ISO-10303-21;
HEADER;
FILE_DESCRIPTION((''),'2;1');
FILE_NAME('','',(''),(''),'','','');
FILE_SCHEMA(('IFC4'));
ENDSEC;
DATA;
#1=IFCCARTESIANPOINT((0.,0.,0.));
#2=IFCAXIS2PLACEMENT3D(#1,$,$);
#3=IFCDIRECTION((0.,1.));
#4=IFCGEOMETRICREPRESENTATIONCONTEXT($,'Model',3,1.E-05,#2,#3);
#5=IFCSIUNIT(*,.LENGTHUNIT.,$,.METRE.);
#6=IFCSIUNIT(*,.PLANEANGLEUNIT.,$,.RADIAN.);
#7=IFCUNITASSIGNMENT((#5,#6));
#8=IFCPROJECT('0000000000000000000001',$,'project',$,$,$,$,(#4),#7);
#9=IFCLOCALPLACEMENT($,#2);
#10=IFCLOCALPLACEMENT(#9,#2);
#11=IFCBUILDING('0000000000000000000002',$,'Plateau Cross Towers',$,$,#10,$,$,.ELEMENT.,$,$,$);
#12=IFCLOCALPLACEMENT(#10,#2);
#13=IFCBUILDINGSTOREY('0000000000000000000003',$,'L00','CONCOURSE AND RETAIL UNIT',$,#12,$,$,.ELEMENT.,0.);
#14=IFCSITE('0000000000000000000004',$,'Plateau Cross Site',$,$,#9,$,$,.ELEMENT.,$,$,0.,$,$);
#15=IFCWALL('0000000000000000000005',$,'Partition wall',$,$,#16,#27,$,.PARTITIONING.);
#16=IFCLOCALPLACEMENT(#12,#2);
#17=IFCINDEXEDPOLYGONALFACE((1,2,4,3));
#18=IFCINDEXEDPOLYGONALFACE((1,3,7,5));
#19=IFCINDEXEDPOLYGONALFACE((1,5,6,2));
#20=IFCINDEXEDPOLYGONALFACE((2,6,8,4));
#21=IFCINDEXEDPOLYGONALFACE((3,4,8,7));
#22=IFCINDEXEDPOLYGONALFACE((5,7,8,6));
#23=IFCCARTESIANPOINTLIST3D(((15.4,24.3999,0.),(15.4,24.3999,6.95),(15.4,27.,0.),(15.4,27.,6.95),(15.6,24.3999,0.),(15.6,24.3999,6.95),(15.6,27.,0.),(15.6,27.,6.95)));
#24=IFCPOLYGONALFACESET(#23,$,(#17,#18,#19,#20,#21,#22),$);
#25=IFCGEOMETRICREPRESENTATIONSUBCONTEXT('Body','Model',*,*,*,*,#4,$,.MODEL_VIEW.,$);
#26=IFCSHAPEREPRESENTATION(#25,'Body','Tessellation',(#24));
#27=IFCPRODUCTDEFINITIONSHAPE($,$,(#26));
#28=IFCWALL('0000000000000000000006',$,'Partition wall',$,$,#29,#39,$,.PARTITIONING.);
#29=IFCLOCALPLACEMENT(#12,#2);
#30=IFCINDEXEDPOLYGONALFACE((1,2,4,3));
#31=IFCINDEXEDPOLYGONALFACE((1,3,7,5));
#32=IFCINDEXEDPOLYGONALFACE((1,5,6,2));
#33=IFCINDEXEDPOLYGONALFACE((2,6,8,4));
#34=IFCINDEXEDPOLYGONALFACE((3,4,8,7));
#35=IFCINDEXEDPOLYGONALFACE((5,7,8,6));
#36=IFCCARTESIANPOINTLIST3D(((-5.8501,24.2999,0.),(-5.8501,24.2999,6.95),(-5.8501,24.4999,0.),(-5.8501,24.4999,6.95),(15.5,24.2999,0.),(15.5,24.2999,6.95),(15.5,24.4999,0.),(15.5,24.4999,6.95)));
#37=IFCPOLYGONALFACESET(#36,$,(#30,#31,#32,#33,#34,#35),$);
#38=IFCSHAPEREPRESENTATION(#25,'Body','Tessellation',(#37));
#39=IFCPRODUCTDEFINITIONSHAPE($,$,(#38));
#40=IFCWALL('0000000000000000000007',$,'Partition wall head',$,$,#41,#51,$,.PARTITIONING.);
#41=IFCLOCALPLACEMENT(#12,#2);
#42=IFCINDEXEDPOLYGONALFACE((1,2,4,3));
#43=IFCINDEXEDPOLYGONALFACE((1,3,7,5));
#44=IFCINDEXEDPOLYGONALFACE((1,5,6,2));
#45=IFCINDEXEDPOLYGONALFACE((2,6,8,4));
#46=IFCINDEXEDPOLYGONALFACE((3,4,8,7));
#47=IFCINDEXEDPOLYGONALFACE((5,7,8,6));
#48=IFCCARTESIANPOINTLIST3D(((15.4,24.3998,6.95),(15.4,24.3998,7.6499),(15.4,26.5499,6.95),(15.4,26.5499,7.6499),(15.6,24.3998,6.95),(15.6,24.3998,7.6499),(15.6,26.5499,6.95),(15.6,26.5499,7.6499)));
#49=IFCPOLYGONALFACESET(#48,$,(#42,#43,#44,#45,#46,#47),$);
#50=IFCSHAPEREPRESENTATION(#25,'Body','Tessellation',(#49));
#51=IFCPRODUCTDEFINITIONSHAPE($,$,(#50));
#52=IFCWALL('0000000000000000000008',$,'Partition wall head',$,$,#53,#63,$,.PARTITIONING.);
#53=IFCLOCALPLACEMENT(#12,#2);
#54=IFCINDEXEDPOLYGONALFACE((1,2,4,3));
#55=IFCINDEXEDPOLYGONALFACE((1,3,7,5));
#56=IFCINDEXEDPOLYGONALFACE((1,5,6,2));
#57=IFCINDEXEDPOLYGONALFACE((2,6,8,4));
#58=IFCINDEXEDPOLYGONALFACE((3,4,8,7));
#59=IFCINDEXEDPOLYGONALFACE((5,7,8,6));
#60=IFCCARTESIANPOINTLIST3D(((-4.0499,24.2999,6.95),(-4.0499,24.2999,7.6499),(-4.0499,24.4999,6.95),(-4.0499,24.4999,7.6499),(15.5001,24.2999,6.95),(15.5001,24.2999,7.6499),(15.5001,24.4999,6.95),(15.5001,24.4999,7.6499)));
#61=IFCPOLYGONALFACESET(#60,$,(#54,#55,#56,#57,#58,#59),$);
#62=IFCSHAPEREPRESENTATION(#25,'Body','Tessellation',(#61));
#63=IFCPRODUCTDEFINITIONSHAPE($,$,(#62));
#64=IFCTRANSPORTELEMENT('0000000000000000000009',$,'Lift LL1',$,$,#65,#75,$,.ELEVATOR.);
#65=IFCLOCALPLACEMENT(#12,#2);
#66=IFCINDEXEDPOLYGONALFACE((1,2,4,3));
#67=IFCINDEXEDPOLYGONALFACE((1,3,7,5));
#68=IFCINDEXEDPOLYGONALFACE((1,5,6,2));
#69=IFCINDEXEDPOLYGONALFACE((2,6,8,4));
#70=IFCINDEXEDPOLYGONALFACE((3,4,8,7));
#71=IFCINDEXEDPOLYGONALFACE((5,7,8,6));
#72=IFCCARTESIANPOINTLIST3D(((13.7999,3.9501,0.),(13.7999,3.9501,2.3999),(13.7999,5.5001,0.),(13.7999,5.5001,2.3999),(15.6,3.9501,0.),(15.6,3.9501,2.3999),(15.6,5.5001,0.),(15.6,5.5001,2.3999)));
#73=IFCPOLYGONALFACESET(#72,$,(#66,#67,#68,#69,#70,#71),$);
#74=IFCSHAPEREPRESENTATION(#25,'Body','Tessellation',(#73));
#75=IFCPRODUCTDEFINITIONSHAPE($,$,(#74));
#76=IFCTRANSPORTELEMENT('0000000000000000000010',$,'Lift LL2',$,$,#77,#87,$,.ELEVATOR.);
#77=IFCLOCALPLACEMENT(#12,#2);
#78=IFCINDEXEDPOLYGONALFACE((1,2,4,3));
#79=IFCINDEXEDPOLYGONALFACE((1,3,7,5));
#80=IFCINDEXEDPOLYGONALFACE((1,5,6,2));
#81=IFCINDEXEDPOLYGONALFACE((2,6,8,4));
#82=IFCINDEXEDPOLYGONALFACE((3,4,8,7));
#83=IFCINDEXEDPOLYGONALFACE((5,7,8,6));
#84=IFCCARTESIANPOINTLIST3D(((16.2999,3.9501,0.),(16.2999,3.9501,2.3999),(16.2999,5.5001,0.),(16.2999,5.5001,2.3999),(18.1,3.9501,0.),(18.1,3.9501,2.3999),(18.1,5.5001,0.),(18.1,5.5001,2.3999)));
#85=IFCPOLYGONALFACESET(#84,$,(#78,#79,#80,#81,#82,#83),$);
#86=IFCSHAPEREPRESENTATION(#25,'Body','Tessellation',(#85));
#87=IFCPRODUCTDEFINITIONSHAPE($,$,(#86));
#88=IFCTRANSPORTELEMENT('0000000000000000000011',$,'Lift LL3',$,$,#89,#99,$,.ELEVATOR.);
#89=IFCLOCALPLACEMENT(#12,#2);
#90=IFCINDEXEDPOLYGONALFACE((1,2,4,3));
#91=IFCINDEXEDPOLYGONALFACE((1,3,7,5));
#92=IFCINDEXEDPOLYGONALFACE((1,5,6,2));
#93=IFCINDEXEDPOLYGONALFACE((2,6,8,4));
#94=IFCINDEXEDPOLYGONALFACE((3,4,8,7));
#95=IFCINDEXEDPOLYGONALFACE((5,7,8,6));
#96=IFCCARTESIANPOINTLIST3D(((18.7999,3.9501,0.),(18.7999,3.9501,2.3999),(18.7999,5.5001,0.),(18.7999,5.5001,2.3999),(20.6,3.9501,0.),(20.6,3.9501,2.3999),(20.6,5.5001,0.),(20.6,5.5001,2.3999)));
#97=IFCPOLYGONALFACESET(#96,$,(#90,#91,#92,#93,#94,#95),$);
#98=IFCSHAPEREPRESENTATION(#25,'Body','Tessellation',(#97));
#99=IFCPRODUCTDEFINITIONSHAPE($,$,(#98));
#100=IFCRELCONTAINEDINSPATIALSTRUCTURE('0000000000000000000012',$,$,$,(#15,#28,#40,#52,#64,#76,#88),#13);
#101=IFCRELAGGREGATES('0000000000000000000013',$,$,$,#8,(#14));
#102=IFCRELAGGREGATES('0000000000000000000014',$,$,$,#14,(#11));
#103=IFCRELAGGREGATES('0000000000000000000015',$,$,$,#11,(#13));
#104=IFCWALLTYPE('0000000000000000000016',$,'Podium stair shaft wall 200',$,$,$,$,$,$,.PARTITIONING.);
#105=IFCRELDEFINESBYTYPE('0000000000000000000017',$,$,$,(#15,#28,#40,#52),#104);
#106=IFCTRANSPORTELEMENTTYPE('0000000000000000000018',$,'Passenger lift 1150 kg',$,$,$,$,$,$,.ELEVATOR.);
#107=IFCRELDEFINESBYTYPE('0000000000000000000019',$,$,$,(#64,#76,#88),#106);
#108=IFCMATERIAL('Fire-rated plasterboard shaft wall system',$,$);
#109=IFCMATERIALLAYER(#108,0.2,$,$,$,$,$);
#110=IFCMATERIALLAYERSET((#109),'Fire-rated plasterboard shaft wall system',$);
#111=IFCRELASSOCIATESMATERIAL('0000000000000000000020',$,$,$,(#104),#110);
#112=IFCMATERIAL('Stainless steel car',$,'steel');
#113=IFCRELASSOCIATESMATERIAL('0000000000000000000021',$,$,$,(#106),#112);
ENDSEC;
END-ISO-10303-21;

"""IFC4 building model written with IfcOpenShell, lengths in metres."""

from ifc_helpers import new_model, si_unit, direction, frame, frame_2d, origin, origin_2d, place, context, subcontext, project, spatial, rectangle, extrude, material, layer, layer_set, type_object, element, save


model = new_model("IFC4")

# Units and contexts
model_context = context("Model", 3, precision=1e-05, world=origin(), true_north=direction((0.0, 1.0)))
body_context = subcontext(model_context, "Body", "Model", "MODEL_VIEW")
ifc_project = project(units=[si_unit("LENGTHUNIT", "METRE"), si_unit("PLANEANGLEUNIT", "RADIAN")], contexts=[model_context])

# Site, building, storey
site_placement = place(None, origin())
site = spatial("IfcSite", under=ifc_project, at=site_placement, Name="Plateau Cross Site", CompositionType="ELEMENT", RefElevation=0.0)
building_placement = place(site_placement, origin())
building = spatial("IfcBuilding", under=site, at=building_placement, Name="Plateau Cross Towers", CompositionType="ELEMENT")
storey_placement = place(building_placement, origin())
storey = spatial("IfcBuildingStorey", under=building, at=storey_placement, Name="L00", Description="CONCOURSE AND RETAIL UNIT", CompositionType="ELEMENT", Elevation=0.0)

# Walls
ifc_material_1 = material(Name="Fire-rated plasterboard shaft wall system")
ifc_layer_1 = layer(ifc_material_1, 0.2)
ifc_layer_set_1 = layer_set([ifc_layer_1], Name="Fire-rated plasterboard shaft wall system")
wall_type_1 = type_object("IfcWallType", Name="Podium stair shaft wall 200", PredefinedType="PARTITIONING", material=ifc_layer_set_1)
wall_1_placement = place(storey_placement, frame((15.5, 27.0, 0.0), z_axis=(0.0, 0.0, 1.0), x_axis=(0.0, -1.0, 0.0)))
element("IfcWall", 1, at=wall_1_placement, inside=storey, type_object=wall_type_1, Name="Partition wall", PredefinedType="PARTITIONING", context=body_context, shape_type="SweptSolid", body=[
    extrude(rectangle(XDim=2.6001, YDim=0.2, at=frame_2d((1.3, 0.0))), origin(), (0.0, 0.0, 1.0), 6.95),
])
wall_2_placement = place(storey_placement, frame((15.5, 24.3999, 0.0), z_axis=(0.0, 0.0, 1.0), x_axis=(-1.0, 0.0, 0.0)))
element("IfcWall", 2, at=wall_2_placement, inside=storey, type_object=wall_type_1, Name="Partition wall", PredefinedType="PARTITIONING", context=body_context, shape_type="SweptSolid", body=[
    extrude(rectangle(XDim=21.3501, YDim=0.2, at=frame_2d((10.675, 0.0))), origin(), (0.0, 0.0, 1.0), 6.95),
])
wall_3_placement = place(storey_placement, frame((15.5, 26.55, 6.95), z_axis=(0.0, 0.0, 1.0), x_axis=(0.0, -1.0, 0.0)))
element("IfcWall", 3, at=wall_3_placement, inside=storey, type_object=wall_type_1, Name="Partition wall head", PredefinedType="PARTITIONING", context=body_context, shape_type="SweptSolid", body=[
    extrude(rectangle(XDim=2.1501, YDim=0.2, at=frame_2d((1.0752, 0.0))), origin(), (0.0, 0.0, 1.0), 0.7),
])
wall_4_placement = place(storey_placement, frame((15.5, 24.3999, 6.95), z_axis=(0.0, 0.0, 1.0), x_axis=(-1.0, 0.0, 0.0)))
element("IfcWall", 4, at=wall_4_placement, inside=storey, type_object=wall_type_1, Name="Partition wall head", PredefinedType="PARTITIONING", context=body_context, shape_type="SweptSolid", body=[
    extrude(rectangle(XDim=19.55, YDim=0.2, at=frame_2d((9.7749, 0.0))), origin(), (0.0, 0.0, 1.0), 0.7),
])

# Transport elements
ifc_material_2 = material(Name="Stainless steel car", Category="steel")
transport_element_type = type_object("IfcTransportElementType", Name="Passenger lift 1150 kg", PredefinedType="ELEVATOR", material=ifc_material_2)
for number, where, z_axis, x_axis, name in (
    (5, (14.7, 4.7251, 0.0), (0.0, 0.0, 1.0), (1.0, 0.0, 0.0), "Lift LL1"),
    (6, (17.2, 4.7251, 0.0), (0.0, 0.0, 1.0), (1.0, 0.0, 0.0), "Lift LL2"),
    (7, (19.7, 4.7251, 0.0), (0.0, 0.0, 1.0), (1.0, 0.0, 0.0), "Lift LL3"),
):
    element("IfcTransportElement", number, at=place(storey_placement, frame(where, z_axis=z_axis, x_axis=x_axis)), inside=storey, type_object=transport_element_type, Name=name, PredefinedType="ELEVATOR", context=body_context, shape_type="SweptSolid", body=[
        extrude(rectangle(XDim=1.8, YDim=1.55, at=origin_2d()), origin(), (0.0, 0.0, 1.0), 2.3999),
    ])

save(model, "model.ifc")
